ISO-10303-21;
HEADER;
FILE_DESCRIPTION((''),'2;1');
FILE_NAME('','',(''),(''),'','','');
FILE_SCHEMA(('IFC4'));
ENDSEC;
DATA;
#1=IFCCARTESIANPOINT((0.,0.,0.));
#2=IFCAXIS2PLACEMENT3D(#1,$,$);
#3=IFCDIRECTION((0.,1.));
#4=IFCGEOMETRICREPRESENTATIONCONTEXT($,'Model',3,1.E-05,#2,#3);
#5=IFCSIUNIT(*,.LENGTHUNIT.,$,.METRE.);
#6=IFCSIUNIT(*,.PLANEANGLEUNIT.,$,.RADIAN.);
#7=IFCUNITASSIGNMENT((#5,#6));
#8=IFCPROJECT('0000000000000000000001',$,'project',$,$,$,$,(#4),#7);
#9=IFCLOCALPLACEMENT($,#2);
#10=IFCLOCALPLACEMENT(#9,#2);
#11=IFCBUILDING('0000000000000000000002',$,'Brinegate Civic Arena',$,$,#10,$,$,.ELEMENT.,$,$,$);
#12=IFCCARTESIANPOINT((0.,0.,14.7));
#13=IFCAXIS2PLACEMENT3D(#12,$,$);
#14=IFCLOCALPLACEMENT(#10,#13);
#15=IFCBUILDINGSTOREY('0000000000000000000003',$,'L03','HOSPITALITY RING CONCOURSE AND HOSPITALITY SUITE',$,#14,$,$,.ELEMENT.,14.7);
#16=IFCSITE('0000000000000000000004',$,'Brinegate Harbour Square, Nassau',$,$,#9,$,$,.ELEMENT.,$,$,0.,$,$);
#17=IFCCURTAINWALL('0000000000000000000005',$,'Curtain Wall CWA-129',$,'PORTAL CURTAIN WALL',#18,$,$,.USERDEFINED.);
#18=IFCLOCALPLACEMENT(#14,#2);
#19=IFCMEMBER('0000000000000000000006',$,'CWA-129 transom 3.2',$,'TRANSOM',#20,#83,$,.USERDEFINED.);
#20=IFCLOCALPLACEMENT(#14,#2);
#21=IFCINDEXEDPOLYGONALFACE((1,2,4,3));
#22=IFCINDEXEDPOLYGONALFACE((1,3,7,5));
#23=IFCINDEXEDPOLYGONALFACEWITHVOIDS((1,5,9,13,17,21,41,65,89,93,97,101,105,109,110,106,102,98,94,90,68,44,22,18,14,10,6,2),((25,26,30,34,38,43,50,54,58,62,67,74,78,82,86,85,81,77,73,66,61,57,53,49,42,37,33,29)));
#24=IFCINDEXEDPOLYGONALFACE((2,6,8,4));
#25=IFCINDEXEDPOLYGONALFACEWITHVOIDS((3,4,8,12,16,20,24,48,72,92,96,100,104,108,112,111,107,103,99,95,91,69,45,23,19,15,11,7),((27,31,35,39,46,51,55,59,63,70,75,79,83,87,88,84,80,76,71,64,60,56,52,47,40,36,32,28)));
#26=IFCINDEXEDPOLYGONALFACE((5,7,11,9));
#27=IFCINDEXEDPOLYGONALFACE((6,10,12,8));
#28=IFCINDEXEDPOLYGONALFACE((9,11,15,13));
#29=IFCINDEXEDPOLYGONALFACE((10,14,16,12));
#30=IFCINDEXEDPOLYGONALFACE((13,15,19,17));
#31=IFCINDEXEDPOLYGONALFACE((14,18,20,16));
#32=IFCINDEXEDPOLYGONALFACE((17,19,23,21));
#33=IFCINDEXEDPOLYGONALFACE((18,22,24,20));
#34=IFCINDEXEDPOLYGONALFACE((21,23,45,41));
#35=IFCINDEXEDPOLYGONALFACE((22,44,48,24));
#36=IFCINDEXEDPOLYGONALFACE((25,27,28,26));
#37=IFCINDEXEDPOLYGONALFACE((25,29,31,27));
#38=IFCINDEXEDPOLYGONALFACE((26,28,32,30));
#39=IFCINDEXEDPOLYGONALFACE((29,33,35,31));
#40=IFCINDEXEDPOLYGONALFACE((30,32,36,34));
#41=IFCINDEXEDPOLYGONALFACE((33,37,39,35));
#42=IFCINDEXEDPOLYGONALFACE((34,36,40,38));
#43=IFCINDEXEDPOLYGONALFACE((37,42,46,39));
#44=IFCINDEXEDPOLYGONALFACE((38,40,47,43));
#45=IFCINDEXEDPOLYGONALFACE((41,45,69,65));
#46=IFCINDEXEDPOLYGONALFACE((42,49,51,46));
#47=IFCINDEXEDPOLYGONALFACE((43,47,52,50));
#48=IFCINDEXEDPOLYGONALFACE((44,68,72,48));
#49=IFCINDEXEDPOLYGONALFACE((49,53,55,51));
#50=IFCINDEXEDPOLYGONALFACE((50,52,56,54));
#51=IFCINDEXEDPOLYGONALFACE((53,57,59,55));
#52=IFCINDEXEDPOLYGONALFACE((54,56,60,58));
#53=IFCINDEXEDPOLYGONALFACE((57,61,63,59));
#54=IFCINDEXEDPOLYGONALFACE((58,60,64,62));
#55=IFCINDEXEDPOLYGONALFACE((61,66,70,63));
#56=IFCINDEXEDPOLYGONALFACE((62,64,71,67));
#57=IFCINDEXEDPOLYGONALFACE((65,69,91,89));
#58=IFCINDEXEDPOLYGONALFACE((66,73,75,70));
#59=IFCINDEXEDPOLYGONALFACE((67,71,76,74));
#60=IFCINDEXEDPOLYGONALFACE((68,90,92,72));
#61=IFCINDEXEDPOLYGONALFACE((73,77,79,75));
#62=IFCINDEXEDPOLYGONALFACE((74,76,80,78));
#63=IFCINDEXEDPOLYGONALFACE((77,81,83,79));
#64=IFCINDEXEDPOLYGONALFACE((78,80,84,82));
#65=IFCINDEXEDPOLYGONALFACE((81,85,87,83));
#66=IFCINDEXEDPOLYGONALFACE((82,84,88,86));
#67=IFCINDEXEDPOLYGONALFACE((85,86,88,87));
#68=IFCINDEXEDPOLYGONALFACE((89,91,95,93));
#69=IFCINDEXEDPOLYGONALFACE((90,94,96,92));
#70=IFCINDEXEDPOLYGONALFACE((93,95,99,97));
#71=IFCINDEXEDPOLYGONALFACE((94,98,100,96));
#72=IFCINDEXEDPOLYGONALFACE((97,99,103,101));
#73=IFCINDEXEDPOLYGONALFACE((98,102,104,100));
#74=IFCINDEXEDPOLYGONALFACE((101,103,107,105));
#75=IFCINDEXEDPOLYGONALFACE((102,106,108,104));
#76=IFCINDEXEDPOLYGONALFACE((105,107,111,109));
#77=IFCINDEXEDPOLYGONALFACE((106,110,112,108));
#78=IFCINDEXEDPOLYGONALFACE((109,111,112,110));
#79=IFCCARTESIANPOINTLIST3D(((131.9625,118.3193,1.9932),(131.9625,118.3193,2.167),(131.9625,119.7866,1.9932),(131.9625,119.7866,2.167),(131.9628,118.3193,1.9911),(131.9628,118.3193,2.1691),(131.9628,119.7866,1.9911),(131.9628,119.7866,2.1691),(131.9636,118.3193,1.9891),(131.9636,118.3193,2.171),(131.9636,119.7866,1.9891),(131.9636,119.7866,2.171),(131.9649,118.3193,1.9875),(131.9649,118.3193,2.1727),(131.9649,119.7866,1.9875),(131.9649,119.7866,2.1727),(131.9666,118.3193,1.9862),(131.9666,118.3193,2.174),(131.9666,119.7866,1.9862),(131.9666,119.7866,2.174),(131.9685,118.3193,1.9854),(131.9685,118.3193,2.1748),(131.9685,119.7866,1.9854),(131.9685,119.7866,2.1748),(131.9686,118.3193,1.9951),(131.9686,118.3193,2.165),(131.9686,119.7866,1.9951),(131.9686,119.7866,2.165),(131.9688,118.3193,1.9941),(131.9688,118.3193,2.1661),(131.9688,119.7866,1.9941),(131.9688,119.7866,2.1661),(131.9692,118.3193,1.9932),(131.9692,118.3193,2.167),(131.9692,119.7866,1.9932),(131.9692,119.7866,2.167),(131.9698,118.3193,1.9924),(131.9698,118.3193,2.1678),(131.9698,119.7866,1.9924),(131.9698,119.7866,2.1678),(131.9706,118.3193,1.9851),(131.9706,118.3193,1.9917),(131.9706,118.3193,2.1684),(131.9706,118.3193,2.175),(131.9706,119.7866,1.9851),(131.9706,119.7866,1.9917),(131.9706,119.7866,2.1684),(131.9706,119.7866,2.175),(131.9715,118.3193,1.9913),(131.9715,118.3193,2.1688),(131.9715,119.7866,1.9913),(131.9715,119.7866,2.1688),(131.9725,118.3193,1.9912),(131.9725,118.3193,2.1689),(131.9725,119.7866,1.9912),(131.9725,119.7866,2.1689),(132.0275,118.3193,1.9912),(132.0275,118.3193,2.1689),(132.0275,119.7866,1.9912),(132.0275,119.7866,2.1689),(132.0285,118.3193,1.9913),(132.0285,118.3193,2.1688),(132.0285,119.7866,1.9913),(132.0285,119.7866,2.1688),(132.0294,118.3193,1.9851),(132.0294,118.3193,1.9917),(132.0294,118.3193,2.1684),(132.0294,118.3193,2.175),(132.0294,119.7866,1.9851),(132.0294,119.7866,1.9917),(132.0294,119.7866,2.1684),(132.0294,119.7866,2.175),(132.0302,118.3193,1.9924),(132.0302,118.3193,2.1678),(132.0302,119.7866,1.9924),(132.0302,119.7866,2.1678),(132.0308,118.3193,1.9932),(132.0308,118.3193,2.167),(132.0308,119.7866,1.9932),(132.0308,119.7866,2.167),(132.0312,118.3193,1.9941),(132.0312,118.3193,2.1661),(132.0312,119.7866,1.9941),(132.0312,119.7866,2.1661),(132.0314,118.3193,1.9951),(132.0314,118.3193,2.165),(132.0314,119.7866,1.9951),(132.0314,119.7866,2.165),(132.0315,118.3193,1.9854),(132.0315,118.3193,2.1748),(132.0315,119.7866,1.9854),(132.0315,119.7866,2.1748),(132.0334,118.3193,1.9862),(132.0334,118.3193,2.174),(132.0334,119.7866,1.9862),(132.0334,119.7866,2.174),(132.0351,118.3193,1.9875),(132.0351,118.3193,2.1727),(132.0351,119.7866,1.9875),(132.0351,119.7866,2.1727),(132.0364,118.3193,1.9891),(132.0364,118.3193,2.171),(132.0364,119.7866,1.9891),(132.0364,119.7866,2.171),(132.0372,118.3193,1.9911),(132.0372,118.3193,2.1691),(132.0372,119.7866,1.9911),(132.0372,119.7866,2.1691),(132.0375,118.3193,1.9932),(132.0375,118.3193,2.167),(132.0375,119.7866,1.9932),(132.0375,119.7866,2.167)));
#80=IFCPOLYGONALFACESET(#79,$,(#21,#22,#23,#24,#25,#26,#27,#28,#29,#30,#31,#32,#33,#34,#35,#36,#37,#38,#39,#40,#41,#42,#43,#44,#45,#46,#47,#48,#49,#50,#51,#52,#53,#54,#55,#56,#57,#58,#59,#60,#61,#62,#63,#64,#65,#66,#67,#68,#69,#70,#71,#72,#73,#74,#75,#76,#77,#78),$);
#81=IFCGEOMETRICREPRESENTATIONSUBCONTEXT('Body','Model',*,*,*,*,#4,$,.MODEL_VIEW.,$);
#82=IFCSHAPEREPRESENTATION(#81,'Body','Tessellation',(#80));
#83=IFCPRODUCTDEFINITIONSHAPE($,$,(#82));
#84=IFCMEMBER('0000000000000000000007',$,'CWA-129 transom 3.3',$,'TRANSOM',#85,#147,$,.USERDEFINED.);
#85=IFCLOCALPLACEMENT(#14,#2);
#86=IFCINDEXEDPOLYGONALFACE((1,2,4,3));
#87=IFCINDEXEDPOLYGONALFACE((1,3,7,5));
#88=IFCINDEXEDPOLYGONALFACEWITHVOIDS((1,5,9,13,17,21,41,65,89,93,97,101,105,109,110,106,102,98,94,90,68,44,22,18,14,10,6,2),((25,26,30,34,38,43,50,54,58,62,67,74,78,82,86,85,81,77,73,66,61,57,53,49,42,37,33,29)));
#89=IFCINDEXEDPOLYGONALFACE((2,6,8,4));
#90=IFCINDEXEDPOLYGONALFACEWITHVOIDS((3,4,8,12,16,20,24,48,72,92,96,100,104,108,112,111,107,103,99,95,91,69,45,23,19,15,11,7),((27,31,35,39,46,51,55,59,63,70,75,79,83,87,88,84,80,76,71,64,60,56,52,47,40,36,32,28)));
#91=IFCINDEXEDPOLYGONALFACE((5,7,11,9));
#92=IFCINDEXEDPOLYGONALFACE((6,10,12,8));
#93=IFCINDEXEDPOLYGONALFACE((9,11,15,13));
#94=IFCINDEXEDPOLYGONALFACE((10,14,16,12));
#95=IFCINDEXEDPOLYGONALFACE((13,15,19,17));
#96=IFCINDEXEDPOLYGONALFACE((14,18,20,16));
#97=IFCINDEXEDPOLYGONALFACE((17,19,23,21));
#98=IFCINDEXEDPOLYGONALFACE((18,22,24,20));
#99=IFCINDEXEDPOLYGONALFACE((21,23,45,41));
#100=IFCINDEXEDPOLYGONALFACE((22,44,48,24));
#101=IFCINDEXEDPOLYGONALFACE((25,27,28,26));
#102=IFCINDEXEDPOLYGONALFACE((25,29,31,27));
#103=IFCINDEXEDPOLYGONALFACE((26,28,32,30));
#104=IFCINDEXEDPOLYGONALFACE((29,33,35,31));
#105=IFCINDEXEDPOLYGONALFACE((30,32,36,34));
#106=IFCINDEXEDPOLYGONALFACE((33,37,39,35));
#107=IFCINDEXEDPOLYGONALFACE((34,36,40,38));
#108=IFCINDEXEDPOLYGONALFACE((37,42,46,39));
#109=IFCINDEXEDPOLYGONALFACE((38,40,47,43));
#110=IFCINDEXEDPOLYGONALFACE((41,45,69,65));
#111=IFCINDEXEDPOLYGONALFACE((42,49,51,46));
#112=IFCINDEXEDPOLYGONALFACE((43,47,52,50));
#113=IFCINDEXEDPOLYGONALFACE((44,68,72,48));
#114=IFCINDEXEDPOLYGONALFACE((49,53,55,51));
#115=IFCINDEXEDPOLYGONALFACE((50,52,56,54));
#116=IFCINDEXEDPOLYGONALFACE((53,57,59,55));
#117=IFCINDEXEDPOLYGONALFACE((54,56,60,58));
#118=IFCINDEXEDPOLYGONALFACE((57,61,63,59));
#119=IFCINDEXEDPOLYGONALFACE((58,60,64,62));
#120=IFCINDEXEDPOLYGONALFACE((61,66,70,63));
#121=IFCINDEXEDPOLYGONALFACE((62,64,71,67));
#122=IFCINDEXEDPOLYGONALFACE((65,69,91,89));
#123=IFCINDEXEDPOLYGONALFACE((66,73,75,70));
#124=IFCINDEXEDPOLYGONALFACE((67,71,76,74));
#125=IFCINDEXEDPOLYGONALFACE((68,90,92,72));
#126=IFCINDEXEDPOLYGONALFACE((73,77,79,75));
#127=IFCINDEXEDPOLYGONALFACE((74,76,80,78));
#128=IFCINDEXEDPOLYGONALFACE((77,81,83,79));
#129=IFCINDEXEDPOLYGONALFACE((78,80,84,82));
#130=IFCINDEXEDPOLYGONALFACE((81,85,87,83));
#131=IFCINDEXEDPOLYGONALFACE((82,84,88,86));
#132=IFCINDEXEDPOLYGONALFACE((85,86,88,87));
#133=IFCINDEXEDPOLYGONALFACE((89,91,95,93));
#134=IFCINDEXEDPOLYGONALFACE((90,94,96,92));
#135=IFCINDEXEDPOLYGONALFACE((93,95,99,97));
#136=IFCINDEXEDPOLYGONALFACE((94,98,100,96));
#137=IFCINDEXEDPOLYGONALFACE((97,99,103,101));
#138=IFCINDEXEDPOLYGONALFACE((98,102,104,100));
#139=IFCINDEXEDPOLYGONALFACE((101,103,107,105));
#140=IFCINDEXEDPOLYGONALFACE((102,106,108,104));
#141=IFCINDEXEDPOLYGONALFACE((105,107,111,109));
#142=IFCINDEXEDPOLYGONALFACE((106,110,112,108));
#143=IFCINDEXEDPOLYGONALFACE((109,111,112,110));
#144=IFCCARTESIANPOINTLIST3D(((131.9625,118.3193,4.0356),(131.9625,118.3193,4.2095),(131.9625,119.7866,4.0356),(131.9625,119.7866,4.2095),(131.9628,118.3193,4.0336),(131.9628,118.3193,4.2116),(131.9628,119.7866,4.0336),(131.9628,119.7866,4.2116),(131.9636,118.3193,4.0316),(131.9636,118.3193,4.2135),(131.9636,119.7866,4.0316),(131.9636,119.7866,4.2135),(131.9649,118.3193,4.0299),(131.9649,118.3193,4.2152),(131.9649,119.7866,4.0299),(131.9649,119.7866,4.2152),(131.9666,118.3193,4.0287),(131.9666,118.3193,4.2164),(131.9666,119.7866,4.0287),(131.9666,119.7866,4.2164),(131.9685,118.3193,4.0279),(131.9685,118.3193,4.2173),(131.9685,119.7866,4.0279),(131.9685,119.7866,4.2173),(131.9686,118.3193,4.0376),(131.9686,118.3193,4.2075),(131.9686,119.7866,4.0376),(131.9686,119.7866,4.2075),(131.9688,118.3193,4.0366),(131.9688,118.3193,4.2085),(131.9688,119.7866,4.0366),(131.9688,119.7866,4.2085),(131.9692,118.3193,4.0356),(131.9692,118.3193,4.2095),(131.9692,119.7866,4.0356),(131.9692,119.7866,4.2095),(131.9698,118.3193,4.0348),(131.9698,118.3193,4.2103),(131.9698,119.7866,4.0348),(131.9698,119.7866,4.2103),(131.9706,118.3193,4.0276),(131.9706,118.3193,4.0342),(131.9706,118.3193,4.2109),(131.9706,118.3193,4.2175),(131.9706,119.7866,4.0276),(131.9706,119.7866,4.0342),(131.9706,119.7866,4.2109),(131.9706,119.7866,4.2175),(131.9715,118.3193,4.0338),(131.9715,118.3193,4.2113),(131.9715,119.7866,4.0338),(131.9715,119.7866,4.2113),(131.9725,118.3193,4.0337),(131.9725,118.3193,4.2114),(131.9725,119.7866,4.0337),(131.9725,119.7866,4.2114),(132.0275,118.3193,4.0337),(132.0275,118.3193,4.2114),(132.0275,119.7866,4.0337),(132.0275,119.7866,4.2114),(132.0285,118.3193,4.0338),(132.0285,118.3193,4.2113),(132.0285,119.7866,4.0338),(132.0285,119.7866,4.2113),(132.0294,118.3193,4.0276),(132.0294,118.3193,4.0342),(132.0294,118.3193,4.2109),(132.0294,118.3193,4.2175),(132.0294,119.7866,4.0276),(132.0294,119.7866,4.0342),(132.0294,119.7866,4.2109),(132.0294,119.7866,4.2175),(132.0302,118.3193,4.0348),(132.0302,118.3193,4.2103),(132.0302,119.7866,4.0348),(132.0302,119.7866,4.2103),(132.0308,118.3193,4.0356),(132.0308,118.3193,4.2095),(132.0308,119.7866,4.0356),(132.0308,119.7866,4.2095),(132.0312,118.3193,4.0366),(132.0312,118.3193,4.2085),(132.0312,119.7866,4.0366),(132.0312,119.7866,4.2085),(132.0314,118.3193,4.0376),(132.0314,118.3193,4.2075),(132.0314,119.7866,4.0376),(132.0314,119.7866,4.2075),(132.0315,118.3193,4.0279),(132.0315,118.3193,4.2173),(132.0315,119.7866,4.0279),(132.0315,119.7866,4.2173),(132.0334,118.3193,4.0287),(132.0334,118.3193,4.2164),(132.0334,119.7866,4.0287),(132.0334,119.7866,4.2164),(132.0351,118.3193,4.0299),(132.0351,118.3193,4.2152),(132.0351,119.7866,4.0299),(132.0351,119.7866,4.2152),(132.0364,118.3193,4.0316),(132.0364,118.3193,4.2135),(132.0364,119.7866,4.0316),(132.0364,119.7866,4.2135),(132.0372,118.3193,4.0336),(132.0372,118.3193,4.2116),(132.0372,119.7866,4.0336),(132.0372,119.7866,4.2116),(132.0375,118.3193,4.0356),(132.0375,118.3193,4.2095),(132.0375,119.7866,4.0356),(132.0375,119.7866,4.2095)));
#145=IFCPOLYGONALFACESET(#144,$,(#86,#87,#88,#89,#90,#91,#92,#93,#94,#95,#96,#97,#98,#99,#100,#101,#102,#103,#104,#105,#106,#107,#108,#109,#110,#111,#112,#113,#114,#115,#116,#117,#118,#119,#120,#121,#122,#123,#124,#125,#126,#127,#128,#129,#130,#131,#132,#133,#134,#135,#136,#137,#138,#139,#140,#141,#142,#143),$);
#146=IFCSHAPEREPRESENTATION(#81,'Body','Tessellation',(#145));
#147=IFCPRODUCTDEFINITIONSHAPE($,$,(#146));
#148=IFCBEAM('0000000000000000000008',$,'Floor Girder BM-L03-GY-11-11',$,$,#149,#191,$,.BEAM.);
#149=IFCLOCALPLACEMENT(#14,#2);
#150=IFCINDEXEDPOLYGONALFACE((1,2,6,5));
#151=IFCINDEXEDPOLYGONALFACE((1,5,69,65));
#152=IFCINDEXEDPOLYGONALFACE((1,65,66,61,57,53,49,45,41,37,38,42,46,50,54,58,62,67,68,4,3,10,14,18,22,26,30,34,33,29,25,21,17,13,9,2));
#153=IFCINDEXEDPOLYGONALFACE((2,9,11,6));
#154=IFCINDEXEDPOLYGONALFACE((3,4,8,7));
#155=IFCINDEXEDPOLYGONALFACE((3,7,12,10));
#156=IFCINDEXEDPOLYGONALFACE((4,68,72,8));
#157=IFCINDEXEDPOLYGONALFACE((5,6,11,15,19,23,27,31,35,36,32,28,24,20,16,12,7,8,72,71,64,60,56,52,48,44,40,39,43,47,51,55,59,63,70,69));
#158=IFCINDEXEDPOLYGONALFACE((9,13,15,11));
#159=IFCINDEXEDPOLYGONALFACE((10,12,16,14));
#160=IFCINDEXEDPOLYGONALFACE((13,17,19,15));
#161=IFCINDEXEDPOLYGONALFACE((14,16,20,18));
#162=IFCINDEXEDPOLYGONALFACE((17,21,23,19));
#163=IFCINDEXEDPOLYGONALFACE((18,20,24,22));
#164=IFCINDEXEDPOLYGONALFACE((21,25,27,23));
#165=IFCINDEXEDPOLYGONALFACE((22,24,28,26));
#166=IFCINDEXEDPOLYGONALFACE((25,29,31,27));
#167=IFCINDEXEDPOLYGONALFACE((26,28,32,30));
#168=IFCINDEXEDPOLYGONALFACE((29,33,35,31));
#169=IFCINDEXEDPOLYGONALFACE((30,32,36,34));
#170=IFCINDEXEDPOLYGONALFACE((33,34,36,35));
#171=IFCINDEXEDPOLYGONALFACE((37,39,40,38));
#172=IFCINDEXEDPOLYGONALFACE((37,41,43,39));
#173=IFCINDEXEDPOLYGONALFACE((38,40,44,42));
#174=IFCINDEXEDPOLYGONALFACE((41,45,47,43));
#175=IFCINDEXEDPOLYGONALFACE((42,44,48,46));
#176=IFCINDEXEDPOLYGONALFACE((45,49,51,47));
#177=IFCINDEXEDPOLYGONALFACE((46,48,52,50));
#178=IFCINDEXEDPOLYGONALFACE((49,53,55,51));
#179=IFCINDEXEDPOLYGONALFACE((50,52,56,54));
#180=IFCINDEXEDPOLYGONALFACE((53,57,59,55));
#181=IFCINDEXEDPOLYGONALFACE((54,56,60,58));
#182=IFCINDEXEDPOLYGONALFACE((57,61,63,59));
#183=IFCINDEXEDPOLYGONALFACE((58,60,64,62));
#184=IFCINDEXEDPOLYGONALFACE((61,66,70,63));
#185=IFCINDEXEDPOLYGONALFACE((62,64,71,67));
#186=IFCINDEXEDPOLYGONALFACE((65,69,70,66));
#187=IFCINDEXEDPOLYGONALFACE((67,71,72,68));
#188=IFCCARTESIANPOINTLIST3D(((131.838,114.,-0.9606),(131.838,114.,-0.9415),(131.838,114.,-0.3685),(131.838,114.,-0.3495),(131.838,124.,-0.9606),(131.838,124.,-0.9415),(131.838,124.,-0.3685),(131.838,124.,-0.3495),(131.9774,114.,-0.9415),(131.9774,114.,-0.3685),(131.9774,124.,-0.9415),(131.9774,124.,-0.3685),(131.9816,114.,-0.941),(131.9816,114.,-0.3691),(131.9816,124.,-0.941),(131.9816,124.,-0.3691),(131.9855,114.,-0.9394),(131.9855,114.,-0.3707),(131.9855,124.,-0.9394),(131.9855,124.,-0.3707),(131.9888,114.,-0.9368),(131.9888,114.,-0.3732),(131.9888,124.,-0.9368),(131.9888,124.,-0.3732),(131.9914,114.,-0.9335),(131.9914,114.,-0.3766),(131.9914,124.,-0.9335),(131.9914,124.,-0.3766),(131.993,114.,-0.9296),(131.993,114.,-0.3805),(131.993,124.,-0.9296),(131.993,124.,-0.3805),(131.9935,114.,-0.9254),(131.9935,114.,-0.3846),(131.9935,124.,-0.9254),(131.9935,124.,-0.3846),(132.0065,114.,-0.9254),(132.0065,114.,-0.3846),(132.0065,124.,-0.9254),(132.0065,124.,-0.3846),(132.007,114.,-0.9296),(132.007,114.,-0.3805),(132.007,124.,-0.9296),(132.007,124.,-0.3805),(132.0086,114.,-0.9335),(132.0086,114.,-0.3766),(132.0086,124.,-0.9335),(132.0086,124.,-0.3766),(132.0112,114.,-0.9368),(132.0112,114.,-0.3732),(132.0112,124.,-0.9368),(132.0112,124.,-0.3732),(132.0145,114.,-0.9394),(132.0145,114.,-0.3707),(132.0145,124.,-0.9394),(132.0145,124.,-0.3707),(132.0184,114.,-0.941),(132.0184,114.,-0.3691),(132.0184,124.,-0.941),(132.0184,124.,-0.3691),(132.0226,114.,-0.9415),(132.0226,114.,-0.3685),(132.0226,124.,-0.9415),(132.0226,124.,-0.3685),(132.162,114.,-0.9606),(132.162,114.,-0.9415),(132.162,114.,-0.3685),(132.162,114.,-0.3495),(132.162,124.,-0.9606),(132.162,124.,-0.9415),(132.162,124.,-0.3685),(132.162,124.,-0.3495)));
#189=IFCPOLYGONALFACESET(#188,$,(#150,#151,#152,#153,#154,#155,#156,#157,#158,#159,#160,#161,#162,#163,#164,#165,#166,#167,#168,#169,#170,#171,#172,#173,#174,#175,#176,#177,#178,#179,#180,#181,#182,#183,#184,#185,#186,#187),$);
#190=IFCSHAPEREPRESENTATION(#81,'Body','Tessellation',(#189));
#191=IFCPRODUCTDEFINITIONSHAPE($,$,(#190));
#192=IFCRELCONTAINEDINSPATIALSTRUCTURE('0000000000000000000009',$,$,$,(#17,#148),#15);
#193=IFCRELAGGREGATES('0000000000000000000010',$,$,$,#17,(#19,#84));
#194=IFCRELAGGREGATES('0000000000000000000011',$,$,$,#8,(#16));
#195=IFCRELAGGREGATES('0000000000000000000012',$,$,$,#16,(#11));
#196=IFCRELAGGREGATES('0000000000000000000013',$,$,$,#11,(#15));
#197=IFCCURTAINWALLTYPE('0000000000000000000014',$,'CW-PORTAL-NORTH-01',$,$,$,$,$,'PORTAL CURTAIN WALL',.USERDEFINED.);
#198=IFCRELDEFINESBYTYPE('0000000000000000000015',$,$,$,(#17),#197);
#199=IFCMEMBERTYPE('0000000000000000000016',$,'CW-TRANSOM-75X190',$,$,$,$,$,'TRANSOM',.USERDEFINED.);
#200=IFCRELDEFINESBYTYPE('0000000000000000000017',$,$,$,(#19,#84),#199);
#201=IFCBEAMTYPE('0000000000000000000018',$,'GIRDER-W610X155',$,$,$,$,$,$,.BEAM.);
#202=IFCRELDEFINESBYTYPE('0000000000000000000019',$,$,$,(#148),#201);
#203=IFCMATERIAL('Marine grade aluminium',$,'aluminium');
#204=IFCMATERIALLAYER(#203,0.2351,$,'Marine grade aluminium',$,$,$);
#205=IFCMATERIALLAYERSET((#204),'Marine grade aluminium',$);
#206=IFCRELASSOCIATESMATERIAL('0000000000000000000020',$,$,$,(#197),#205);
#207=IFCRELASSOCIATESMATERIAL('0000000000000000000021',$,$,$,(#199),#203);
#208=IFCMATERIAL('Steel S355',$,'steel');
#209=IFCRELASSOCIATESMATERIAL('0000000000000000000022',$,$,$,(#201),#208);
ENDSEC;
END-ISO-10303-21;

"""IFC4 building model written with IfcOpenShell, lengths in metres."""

from ifc_helpers import new_model, si_unit, direction, frame, origin, origin_2d, place, context, subcontext, project, spatial, hollow_rectangle, i_section, extrude, material, layer, layer_set, material_profile, profile_set, type_object, element, aggregate, save


model = new_model("IFC4")

# Units and contexts
model_context = context("Model", 3, precision=1e-05, world=origin(), true_north=direction((0.0, 1.0)))
body_context = subcontext(model_context, "Body", "Model", "MODEL_VIEW")
ifc_project = project(units=[si_unit("LENGTHUNIT", "METRE"), si_unit("PLANEANGLEUNIT", "RADIAN")], contexts=[model_context])

# Site, building, storey
site_placement = place(None, origin())
site = spatial("IfcSite", under=ifc_project, at=site_placement, Name="Brinegate Harbour Square, Nassau", CompositionType="ELEMENT", RefElevation=0.0)
building_placement = place(site_placement, origin())
building = spatial("IfcBuilding", under=site, at=building_placement, Name="Brinegate Civic Arena", CompositionType="ELEMENT")
storey_placement = place(building_placement, frame((0.0, 0.0, 14.7)))
storey = spatial("IfcBuildingStorey", under=building, at=storey_placement, Name="L03", Description="HOSPITALITY RING CONCOURSE AND HOSPITALITY SUITE", CompositionType="ELEMENT", Elevation=14.7)

# Curtain wall, members
ifc_material_1 = material(Name="Marine grade aluminium", Category="aluminium")
ifc_layer_1 = layer(ifc_material_1, 0.2351, Name="Marine grade aluminium")
ifc_layer_set_1 = layer_set([ifc_layer_1], Name="Marine grade aluminium")
curtain_wall_type = type_object("IfcCurtainWallType", Name="CW-PORTAL-NORTH-01", ElementType="PORTAL CURTAIN WALL", PredefinedType="USERDEFINED", material=ifc_layer_set_1)
curtain_wall_placement = place(storey_placement, origin())
curtain_wall = element("IfcCurtainWall", 1, at=curtain_wall_placement, inside=storey, type_object=curtain_wall_type, Name="Curtain Wall CWA-129", ObjectType="PORTAL CURTAIN WALL", PredefinedType="USERDEFINED")
ifc_material_profile_1 = material_profile(ifc_material_1, hollow_rectangle(XDim=0.075, YDim=0.1899, WallThickness=0.0061, InnerFilletRadius=0.0039, OuterFilletRadius=0.0081, at=origin_2d()), Name="TRN75X190")
ifc_profile_set_1 = profile_set([ifc_material_profile_1], Name="Marine grade aluminium")
member_type_1 = type_object("IfcMemberType", Name="CW-TRANSOM-75X190", ElementType="TRANSOM", PredefinedType="USERDEFINED", material=ifc_profile_set_1)
member_1_placement = place(storey_placement, frame((132.0, 118.3193, 2.0801), z_axis=(0.0, 1.0, 0.0), x_axis=(-1.0, 0.0, 0.0)))
member_1 = element("IfcMember", 2, at=member_1_placement, type_object=member_type_1, Name="CWA-129 transom 3.2", ObjectType="TRANSOM", PredefinedType="USERDEFINED", context=body_context, shape_type="SweptSolid", body=[
    extrude(hollow_rectangle(XDim=0.075, YDim=0.1899, WallThickness=0.0061, InnerFilletRadius=0.0039, OuterFilletRadius=0.0081, at=origin_2d()), origin(), (0.0, 0.0, 1.0), 1.4673),
])
member_2_placement = place(storey_placement, frame((132.0, 118.3193, 4.1226), z_axis=(0.0, 1.0, 0.0), x_axis=(-1.0, 0.0, 0.0)))
member_2 = element("IfcMember", 3, at=member_2_placement, type_object=member_type_1, Name="CWA-129 transom 3.3", ObjectType="TRANSOM", PredefinedType="USERDEFINED", context=body_context, shape_type="SweptSolid", body=[
    extrude(hollow_rectangle(XDim=0.075, YDim=0.1899, WallThickness=0.0061, InnerFilletRadius=0.0039, OuterFilletRadius=0.0081, at=origin_2d()), origin(), (0.0, 0.0, 1.0), 1.4673),
])

# Beam
ifc_material_2 = material(Name="Steel S355", Category="steel")
ifc_material_profile_2 = material_profile(ifc_material_2, i_section(OverallWidth=0.324, OverallDepth=0.6111, WebThickness=0.0129, FlangeThickness=0.019, FilletRadius=0.0161, at=origin_2d()), Name="W610X155")
ifc_profile_set_2 = profile_set([ifc_material_profile_2], Name="Steel S355")
beam_type_1 = type_object("IfcBeamType", Name="GIRDER-W610X155", PredefinedType="BEAM", material=ifc_profile_set_2)
beam_placement = place(storey_placement, frame((132.0, 114.0, -0.655), z_axis=(0.0, 1.0, 0.0), x_axis=(-1.0, 0.0, 0.0)))
element("IfcBeam", 4, at=beam_placement, inside=storey, type_object=beam_type_1, Name="Floor Girder BM-L03-GY-11-11", PredefinedType="BEAM", context=body_context, shape_type="SweptSolid", body=[
    extrude(i_section(OverallWidth=0.324, OverallDepth=0.6111, WebThickness=0.0129, FlangeThickness=0.019, FilletRadius=0.0161, at=origin_2d()), origin(), (0.0, 0.0, 1.0), 10.0),
])

aggregate(curtain_wall, [member_1, member_2])

save(model, "model.ifc")
